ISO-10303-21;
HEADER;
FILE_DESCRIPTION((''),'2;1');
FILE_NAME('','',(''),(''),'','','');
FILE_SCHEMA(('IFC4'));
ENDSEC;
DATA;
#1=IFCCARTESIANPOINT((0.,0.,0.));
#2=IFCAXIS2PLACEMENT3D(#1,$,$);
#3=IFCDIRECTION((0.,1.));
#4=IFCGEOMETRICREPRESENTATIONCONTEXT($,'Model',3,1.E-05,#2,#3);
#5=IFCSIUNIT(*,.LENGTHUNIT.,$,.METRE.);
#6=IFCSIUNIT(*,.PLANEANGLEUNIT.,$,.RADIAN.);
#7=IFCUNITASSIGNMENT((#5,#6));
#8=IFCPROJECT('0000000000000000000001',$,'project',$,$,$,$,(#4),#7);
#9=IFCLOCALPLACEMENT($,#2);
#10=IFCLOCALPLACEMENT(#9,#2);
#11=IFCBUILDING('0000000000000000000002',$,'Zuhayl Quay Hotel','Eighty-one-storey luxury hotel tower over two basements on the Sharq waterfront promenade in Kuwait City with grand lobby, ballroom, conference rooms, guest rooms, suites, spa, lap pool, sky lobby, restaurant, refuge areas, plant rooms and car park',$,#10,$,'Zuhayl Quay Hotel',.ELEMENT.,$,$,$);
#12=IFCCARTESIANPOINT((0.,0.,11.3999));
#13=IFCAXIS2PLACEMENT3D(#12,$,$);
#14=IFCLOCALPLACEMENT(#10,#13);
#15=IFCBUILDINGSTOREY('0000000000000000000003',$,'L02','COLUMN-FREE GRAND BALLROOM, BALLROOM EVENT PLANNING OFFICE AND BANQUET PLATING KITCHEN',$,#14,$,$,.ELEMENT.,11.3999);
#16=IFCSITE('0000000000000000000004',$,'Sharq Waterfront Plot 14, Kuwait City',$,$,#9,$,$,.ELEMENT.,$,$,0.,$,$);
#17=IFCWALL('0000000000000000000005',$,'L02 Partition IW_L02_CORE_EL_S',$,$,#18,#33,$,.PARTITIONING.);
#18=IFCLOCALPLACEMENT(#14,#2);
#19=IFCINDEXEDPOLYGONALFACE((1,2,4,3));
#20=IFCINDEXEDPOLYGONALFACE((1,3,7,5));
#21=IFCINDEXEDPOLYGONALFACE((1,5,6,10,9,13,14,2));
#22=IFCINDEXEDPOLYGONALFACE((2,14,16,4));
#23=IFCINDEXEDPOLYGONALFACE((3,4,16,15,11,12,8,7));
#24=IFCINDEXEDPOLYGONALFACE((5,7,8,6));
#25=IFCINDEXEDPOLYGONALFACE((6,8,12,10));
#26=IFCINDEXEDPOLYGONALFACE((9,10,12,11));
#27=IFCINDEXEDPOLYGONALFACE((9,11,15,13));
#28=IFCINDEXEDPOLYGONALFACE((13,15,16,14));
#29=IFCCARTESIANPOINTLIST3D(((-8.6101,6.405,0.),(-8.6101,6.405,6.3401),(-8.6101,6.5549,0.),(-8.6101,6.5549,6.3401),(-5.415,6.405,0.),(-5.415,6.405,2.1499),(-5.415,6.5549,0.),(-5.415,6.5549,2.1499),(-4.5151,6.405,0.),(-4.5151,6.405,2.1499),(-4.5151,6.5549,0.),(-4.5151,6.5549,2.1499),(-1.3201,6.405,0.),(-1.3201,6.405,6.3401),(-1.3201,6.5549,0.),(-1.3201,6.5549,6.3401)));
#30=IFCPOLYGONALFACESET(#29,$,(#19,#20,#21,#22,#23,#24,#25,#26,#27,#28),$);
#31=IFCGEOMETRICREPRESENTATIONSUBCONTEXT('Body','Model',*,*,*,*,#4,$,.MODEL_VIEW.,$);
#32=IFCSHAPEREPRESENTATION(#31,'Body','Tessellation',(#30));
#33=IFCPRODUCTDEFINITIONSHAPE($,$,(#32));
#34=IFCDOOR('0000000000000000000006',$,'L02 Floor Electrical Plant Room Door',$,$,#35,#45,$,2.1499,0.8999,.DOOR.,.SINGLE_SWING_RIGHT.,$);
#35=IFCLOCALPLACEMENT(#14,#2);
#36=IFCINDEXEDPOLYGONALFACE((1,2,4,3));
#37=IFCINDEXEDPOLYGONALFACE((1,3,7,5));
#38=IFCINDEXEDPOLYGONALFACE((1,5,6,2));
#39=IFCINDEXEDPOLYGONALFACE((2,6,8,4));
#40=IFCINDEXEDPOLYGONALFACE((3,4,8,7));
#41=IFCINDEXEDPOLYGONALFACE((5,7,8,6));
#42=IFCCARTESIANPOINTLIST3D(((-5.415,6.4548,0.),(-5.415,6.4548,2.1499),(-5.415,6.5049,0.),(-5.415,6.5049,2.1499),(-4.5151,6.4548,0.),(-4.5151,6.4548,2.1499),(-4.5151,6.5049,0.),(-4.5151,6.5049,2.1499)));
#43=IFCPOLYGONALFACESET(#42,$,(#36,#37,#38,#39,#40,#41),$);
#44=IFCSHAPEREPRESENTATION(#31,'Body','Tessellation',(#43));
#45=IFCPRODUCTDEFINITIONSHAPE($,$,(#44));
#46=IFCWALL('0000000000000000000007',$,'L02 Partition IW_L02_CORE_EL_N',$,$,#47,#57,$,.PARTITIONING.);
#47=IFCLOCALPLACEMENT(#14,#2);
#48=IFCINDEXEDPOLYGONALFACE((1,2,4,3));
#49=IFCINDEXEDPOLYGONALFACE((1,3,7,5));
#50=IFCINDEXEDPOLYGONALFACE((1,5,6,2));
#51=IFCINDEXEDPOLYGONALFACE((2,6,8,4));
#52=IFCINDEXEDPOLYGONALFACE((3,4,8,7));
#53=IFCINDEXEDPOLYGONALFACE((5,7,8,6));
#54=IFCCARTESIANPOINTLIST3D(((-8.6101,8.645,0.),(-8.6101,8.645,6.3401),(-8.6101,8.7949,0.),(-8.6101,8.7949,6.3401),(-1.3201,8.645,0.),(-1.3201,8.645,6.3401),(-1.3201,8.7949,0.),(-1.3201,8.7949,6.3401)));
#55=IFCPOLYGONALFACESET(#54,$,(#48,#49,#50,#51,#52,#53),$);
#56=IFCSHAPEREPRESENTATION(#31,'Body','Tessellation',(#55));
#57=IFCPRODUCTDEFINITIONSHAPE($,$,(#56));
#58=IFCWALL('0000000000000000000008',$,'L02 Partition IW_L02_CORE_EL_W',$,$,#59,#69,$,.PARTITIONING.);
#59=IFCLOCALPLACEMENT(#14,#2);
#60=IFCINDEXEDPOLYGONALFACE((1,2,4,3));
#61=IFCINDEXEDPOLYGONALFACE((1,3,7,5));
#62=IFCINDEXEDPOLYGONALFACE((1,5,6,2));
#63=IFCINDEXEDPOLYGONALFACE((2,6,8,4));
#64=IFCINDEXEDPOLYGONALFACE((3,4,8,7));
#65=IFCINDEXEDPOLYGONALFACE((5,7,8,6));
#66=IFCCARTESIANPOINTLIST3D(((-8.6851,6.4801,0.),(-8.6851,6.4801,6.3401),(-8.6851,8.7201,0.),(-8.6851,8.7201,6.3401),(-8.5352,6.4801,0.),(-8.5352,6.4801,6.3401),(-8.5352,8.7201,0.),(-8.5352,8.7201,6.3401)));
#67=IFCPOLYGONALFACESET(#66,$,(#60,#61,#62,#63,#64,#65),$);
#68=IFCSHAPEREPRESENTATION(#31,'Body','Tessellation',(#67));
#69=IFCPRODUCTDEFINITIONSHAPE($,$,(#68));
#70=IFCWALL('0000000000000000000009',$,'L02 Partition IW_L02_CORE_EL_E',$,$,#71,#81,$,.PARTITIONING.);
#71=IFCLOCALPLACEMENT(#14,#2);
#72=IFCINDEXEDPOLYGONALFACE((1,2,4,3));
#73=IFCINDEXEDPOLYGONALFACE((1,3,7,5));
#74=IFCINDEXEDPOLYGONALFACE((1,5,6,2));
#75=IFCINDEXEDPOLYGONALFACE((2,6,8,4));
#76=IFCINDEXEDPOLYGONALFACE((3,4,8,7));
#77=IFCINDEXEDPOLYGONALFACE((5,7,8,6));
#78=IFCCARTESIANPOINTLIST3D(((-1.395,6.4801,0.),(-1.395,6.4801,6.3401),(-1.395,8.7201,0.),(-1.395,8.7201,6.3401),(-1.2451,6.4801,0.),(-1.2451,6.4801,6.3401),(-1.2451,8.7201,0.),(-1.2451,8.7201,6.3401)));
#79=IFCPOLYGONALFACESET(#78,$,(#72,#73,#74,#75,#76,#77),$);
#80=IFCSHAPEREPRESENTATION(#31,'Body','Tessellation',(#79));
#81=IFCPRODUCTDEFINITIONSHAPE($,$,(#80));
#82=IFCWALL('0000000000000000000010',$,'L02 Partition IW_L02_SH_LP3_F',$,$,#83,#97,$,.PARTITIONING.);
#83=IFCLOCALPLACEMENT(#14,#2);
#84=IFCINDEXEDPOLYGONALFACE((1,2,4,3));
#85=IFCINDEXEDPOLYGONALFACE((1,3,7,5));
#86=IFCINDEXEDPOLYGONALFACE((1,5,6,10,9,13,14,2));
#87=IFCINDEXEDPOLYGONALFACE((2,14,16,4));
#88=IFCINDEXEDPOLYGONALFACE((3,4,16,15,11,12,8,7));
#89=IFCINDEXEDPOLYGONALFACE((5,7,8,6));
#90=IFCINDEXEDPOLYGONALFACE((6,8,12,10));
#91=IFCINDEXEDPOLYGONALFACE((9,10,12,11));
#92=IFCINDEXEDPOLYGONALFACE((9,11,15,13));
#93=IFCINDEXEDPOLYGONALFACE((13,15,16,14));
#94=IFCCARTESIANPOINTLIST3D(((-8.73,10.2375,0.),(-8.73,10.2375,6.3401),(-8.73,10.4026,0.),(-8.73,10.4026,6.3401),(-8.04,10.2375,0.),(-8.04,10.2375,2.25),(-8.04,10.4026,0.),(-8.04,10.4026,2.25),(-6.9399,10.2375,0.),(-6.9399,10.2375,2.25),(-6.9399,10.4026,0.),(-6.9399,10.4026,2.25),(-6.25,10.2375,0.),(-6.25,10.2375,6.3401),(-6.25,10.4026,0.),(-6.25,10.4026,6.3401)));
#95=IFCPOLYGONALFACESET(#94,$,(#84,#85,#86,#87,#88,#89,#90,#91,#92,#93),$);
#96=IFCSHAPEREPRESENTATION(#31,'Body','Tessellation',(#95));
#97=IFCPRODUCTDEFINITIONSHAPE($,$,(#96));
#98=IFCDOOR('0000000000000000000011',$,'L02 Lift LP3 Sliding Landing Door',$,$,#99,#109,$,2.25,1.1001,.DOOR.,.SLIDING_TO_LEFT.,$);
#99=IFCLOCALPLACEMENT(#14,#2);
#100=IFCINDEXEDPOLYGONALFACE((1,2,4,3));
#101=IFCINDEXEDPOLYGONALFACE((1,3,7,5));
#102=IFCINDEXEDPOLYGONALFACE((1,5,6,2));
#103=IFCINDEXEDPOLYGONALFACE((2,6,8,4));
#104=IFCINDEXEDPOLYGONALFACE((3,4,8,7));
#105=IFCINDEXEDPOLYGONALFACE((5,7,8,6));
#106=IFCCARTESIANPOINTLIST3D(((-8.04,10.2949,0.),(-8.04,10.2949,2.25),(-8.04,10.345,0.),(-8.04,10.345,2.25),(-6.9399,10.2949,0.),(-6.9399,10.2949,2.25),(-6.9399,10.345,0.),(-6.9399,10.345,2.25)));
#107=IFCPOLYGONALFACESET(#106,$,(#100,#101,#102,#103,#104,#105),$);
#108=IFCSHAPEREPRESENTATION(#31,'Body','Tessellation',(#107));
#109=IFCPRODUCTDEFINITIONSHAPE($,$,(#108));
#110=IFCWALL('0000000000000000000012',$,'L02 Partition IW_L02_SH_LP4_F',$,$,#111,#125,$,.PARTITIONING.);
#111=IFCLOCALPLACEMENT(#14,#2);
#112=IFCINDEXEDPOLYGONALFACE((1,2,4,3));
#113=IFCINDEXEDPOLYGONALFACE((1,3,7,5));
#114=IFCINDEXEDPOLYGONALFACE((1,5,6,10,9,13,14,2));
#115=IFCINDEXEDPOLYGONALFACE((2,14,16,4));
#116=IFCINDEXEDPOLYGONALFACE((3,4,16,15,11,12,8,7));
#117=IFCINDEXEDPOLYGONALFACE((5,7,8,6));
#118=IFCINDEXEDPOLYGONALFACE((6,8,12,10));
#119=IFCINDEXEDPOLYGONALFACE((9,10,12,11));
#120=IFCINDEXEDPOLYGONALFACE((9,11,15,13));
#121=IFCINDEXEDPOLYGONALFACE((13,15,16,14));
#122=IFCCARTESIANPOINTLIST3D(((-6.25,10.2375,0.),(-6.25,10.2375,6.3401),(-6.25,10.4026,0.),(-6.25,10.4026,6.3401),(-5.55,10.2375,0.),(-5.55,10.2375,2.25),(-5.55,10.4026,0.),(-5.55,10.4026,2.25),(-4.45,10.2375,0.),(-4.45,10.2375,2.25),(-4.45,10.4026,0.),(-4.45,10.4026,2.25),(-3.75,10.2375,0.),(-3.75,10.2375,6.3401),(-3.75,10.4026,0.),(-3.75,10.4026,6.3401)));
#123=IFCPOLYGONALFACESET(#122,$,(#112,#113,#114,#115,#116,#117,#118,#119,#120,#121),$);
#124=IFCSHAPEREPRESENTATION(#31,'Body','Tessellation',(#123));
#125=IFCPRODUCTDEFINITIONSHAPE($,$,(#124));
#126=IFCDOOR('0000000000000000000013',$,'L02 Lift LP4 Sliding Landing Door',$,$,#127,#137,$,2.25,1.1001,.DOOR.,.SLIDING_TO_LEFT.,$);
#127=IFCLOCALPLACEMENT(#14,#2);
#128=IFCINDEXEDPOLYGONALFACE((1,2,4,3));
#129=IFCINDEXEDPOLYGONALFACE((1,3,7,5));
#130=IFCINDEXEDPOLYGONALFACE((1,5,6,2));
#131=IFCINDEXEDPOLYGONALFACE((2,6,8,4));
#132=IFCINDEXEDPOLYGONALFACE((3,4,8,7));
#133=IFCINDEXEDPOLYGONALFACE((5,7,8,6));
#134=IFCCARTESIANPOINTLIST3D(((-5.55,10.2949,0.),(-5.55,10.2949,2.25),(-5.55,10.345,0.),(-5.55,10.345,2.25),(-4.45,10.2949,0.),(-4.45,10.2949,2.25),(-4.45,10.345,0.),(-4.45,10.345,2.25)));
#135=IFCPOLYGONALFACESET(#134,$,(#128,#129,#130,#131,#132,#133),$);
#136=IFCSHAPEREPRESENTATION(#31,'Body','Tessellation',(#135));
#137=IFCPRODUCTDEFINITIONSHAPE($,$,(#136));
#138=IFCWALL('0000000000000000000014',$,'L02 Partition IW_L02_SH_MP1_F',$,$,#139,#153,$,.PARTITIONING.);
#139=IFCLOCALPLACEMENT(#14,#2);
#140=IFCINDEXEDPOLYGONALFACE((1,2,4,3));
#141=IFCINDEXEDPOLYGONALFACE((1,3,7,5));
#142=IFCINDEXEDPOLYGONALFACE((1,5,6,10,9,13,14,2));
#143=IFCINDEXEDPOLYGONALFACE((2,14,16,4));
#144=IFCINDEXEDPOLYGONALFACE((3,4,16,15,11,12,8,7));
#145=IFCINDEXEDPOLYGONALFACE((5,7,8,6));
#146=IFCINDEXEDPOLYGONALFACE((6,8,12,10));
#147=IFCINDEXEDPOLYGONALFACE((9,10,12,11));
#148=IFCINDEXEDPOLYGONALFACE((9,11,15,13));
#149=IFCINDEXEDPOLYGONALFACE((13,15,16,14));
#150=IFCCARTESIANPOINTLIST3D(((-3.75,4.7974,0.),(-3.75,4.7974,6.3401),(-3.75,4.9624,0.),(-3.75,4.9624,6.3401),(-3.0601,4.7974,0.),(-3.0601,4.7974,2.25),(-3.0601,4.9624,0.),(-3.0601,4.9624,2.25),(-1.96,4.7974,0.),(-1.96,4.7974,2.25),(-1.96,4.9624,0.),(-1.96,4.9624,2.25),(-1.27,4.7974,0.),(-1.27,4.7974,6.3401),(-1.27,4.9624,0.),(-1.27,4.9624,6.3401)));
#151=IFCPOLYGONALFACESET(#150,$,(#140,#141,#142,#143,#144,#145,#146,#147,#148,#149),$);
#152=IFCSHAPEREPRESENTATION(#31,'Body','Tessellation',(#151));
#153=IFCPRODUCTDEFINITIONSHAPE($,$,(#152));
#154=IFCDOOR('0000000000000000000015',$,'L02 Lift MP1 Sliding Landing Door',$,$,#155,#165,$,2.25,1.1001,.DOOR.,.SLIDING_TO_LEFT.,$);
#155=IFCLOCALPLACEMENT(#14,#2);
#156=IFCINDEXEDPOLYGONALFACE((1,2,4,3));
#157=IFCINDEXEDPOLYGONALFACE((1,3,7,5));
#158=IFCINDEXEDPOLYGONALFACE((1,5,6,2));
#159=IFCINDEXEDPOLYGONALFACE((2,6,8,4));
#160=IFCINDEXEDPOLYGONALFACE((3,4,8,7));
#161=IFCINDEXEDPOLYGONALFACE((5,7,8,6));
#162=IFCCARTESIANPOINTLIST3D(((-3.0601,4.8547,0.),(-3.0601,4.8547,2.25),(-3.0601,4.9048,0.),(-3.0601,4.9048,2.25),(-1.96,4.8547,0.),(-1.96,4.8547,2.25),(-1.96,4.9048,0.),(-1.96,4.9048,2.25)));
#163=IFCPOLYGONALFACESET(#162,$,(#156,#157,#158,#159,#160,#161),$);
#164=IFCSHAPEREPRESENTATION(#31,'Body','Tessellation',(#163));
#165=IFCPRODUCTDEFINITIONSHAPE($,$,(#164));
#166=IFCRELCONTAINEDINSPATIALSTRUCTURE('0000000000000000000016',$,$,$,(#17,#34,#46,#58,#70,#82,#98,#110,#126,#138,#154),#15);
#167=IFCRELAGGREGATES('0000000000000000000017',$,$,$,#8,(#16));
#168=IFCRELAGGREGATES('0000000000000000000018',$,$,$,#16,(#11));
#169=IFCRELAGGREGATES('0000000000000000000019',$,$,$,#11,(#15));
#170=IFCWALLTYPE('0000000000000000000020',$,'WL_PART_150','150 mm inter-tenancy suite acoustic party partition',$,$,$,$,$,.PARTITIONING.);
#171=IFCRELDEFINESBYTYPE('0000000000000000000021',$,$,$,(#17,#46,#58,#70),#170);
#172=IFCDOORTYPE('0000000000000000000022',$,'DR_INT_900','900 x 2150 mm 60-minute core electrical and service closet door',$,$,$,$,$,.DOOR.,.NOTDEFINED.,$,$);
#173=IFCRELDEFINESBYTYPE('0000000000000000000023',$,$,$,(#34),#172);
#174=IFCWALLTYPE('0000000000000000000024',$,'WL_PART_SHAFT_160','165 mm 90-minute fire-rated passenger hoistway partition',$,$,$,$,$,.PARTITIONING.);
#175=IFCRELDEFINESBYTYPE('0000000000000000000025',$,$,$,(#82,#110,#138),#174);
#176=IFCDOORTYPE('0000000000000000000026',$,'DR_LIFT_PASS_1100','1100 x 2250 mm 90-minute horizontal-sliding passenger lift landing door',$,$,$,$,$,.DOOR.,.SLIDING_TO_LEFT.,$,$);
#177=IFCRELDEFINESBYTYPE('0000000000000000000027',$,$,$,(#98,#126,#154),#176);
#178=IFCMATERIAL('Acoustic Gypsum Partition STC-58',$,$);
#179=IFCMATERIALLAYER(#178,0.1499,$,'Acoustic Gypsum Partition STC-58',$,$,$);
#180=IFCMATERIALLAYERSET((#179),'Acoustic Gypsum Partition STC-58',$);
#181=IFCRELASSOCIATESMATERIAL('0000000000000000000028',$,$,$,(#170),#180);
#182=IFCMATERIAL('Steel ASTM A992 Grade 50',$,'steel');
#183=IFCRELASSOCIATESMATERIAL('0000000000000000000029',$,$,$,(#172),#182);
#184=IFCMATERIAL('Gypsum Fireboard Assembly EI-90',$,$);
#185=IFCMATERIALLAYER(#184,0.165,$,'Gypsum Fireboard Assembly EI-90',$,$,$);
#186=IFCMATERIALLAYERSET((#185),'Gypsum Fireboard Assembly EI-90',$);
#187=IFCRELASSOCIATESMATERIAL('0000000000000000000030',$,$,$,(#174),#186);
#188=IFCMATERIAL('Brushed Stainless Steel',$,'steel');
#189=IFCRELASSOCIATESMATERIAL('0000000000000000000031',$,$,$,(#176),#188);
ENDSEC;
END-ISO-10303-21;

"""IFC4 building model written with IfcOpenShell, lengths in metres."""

from ifc_helpers import new_model, si_unit, direction, frame, frame_2d, origin, place, context, subcontext, project, spatial, rectangle, extrude, material, layer, layer_set, type_object, element, fill, save


model = new_model("IFC4")

# Units and contexts
model_context = context("Model", 3, precision=1e-05, world=origin(), true_north=direction((0.0, 1.0)))
body_context = subcontext(model_context, "Body", "Model", "MODEL_VIEW")
ifc_project = project(units=[si_unit("LENGTHUNIT", "METRE"), si_unit("PLANEANGLEUNIT", "RADIAN")], contexts=[model_context])

# Site, building, storey
site_placement = place(None, origin())
site = spatial("IfcSite", under=ifc_project, at=site_placement, Name="Sharq Waterfront Plot 14, Kuwait City", CompositionType="ELEMENT", RefElevation=0.0)
building_placement = place(site_placement, origin())
building = spatial("IfcBuilding", under=site, at=building_placement, Name="Zuhayl Quay Hotel", Description="Eighty-one-storey luxury hotel tower over two basements on the Sharq waterfront promenade in Kuwait City with grand lobby, ballroom, conference rooms, guest rooms, suites, spa, lap pool, sky lobby, restaurant, refuge areas, plant rooms and car park", LongName="Zuhayl Quay Hotel", CompositionType="ELEMENT")
storey_placement = place(building_placement, frame((0.0, 0.0, 11.3999)))
storey = spatial("IfcBuildingStorey", under=building, at=storey_placement, Name="L02", Description="COLUMN-FREE GRAND BALLROOM, BALLROOM EVENT PLANNING OFFICE AND BANQUET PLATING KITCHEN", CompositionType="ELEMENT", Elevation=11.3999)

# Wall, opening, door
ifc_material_1 = material(Name="Acoustic Gypsum Partition STC-58")
ifc_layer_1 = layer(ifc_material_1, 0.1499, Name="Acoustic Gypsum Partition STC-58")
ifc_layer_set_1 = layer_set([ifc_layer_1], Name="Acoustic Gypsum Partition STC-58")
wall_type_1 = type_object("IfcWallType", Name="WL_PART_150", Description="150 mm inter-tenancy suite acoustic party partition", PredefinedType="PARTITIONING", material=ifc_layer_set_1)
wall_1_placement = place(storey_placement, frame((-8.6101, 6.48, 0.0), z_axis=(0.0, 0.0, 1.0), x_axis=(1.0, 0.0, 0.0)))
wall_1 = element("IfcWall", 1, at=wall_1_placement, inside=storey, type_object=wall_type_1, Name="L02 Partition IW_L02_CORE_EL_S", PredefinedType="PARTITIONING", context=body_context, shape_type="SweptSolid", body=[
    extrude(rectangle(XDim=7.29, YDim=0.1499, at=frame_2d((3.645, 0.0))), origin(), (0.0, 0.0, 1.0), 6.3401),
])
opening_1_placement = place(wall_1_placement, frame((3.1951, 0.0, 0.0)))
opening_1 = element("IfcOpeningElement", 2, at=opening_1_placement, cuts=wall_1, PredefinedType="OPENING", context=body_context, shape_type="SweptSolid", body=[
    extrude(rectangle(XDim=0.8999, YDim=2.1499, at=frame_2d((0.45, 1.075))), frame((0.0, 0.085, 0.0), z_axis=(0.0, -1.0, 0.0), x_axis=(1.0, 0.0, 0.0)), (0.0, 0.0, 1.0), 0.1699),
])
ifc_material_2 = material(Name="Steel ASTM A992 Grade 50", Category="steel")
door_type_1 = type_object("IfcDoorType", Name="DR_INT_900", Description="900 x 2150 mm 60-minute core electrical and service closet door", OperationType="NOTDEFINED", PredefinedType="DOOR", material=ifc_material_2)
door_1_placement = place(opening_1_placement, origin())
door_1 = element("IfcDoor", 3, at=door_1_placement, inside=storey, type_object=door_type_1, Name="L02 Floor Electrical Plant Room Door", OperationType="SINGLE_SWING_RIGHT", OverallHeight=2.1499, OverallWidth=0.8999, PredefinedType="DOOR", context=body_context, shape_type="SweptSolid", body=[
    extrude(rectangle(XDim=0.8999, YDim=2.1499, at=frame_2d((0.45, 1.075))), frame((0.0, 0.0249, 0.0), z_axis=(0.0, -1.0, 0.0), x_axis=(1.0, 0.0, 0.0)), (0.0, 0.0, 1.0), 0.05),
])
fill(opening_1, door_1)

# Walls
wall_2_placement = place(storey_placement, frame((-8.6101, 8.72, 0.0), z_axis=(0.0, 0.0, 1.0), x_axis=(1.0, 0.0, 0.0)))
element("IfcWall", 4, at=wall_2_placement, inside=storey, type_object=wall_type_1, Name="L02 Partition IW_L02_CORE_EL_N", PredefinedType="PARTITIONING", context=body_context, shape_type="SweptSolid", body=[
    extrude(rectangle(XDim=7.29, YDim=0.1499, at=frame_2d((3.645, 0.0))), origin(), (0.0, 0.0, 1.0), 6.3401),
])
for number, where, z_axis, x_axis, name in (
    (5, (-8.6101, 6.48, 0.0), (0.0, 0.0, 1.0), (0.0, 1.0, 0.0), "L02 Partition IW_L02_CORE_EL_W"),
    (6, (-1.3201, 6.48, 0.0), (0.0, 0.0, 1.0), (0.0, 1.0, 0.0), "L02 Partition IW_L02_CORE_EL_E"),
):
    element("IfcWall", number, at=place(storey_placement, frame(where, z_axis=z_axis, x_axis=x_axis)), inside=storey, type_object=wall_type_1, Name=name, PredefinedType="PARTITIONING", context=body_context, shape_type="SweptSolid", body=[
        extrude(rectangle(XDim=2.24, YDim=0.1499, at=frame_2d((1.1201, 0.0))), origin(), (0.0, 0.0, 1.0), 6.3401),
    ])

# Walls, openings, doors
ifc_material_3 = material(Name="Gypsum Fireboard Assembly EI-90")
ifc_layer_2 = layer(ifc_material_3, 0.165, Name="Gypsum Fireboard Assembly EI-90")
ifc_layer_set_2 = layer_set([ifc_layer_2], Name="Gypsum Fireboard Assembly EI-90")
wall_type_2 = type_object("IfcWallType", Name="WL_PART_SHAFT_160", Description="165 mm 90-minute fire-rated passenger hoistway partition", PredefinedType="PARTITIONING", material=ifc_layer_set_2)
wall_3_placement = place(storey_placement, frame((-8.73, 10.3201, 0.0), z_axis=(0.0, 0.0, 1.0), x_axis=(1.0, 0.0, 0.0)))
wall_3 = element("IfcWall", 7, at=wall_3_placement, inside=storey, type_object=wall_type_2, Name="L02 Partition IW_L02_SH_LP3_F", PredefinedType="PARTITIONING", context=body_context, shape_type="SweptSolid", body=[
    extrude(rectangle(XDim=2.48, YDim=0.165, at=frame_2d((1.24, 0.0))), origin(), (0.0, 0.0, 1.0), 6.3401),
])
opening_2_placement = place(wall_3_placement, frame((0.6899, 0.0, 0.0)))
opening_2 = element("IfcOpeningElement", 8, at=opening_2_placement, cuts=wall_3, PredefinedType="OPENING", context=body_context, shape_type="SweptSolid", body=[
    extrude(rectangle(XDim=1.1001, YDim=2.25, at=frame_2d((0.55, 1.125))), frame((0.0, 0.0925, 0.0), z_axis=(0.0, -1.0, 0.0), x_axis=(1.0, 0.0, 0.0)), (0.0, 0.0, 1.0), 0.1851),
])
ifc_material_4 = material(Name="Brushed Stainless Steel", Category="steel")
door_type_2 = type_object("IfcDoorType", Name="DR_LIFT_PASS_1100", Description="1100 x 2250 mm 90-minute horizontal-sliding passenger lift landing door", OperationType="SLIDING_TO_LEFT", PredefinedType="DOOR", material=ifc_material_4)
door_2_placement = place(opening_2_placement, origin())
door_2 = element("IfcDoor", 9, at=door_2_placement, inside=storey, type_object=door_type_2, Name="L02 Lift LP3 Sliding Landing Door", OperationType="SLIDING_TO_LEFT", OverallHeight=2.25, OverallWidth=1.1001, PredefinedType="DOOR", context=body_context, shape_type="SweptSolid", body=[
    extrude(rectangle(XDim=1.1001, YDim=2.25, at=frame_2d((0.55, 1.125))), frame((0.0, 0.0249, 0.0), z_axis=(0.0, -1.0, 0.0), x_axis=(1.0, 0.0, 0.0)), (0.0, 0.0, 1.0), 0.05),
])
fill(opening_2, door_2)
wall_4_placement = place(storey_placement, frame((-6.25, 10.3201, 0.0), z_axis=(0.0, 0.0, 1.0), x_axis=(1.0, 0.0, 0.0)))
wall_4 = element("IfcWall", 10, at=wall_4_placement, inside=storey, type_object=wall_type_2, Name="L02 Partition IW_L02_SH_LP4_F", PredefinedType="PARTITIONING", context=body_context, shape_type="SweptSolid", body=[
    extrude(rectangle(XDim=2.5, YDim=0.165, at=frame_2d((1.25, 0.0))), origin(), (0.0, 0.0, 1.0), 6.3401),
])
opening_3_placement = place(wall_4_placement, frame((0.7, 0.0, 0.0)))
opening_3 = element("IfcOpeningElement", 11, at=opening_3_placement, cuts=wall_4, PredefinedType="OPENING", context=body_context, shape_type="SweptSolid", body=[
    extrude(rectangle(XDim=1.1001, YDim=2.25, at=frame_2d((0.55, 1.125))), frame((0.0, 0.0925, 0.0), z_axis=(0.0, -1.0, 0.0), x_axis=(1.0, 0.0, 0.0)), (0.0, 0.0, 1.0), 0.1851),
])
door_3_placement = place(opening_3_placement, origin())
door_3 = element("IfcDoor", 12, at=door_3_placement, inside=storey, type_object=door_type_2, Name="L02 Lift LP4 Sliding Landing Door", OperationType="SLIDING_TO_LEFT", OverallHeight=2.25, OverallWidth=1.1001, PredefinedType="DOOR", context=body_context, shape_type="SweptSolid", body=[
    extrude(rectangle(XDim=1.1001, YDim=2.25, at=frame_2d((0.55, 1.125))), frame((0.0, 0.0249, 0.0), z_axis=(0.0, -1.0, 0.0), x_axis=(1.0, 0.0, 0.0)), (0.0, 0.0, 1.0), 0.05),
])
fill(opening_3, door_3)
wall_5_placement = place(storey_placement, frame((-3.75, 4.8799, 0.0), z_axis=(0.0, 0.0, 1.0), x_axis=(1.0, 0.0, 0.0)))
wall_5 = element("IfcWall", 13, at=wall_5_placement, inside=storey, type_object=wall_type_2, Name="L02 Partition IW_L02_SH_MP1_F", PredefinedType="PARTITIONING", context=body_context, shape_type="SweptSolid", body=[
    extrude(rectangle(XDim=2.48, YDim=0.165, at=frame_2d((1.24, 0.0))), origin(), (0.0, 0.0, 1.0), 6.3401),
])
opening_4_placement = place(wall_5_placement, frame((0.6899, 0.0, 0.0)))
opening_4 = element("IfcOpeningElement", 14, at=opening_4_placement, cuts=wall_5, PredefinedType="OPENING", context=body_context, shape_type="SweptSolid", body=[
    extrude(rectangle(XDim=1.1001, YDim=2.25, at=frame_2d((0.55, 1.125))), frame((0.0, 0.0925, 0.0), z_axis=(0.0, -1.0, 0.0), x_axis=(1.0, 0.0, 0.0)), (0.0, 0.0, 1.0), 0.1851),
])
door_4_placement = place(opening_4_placement, origin())
door_4 = element("IfcDoor", 15, at=door_4_placement, inside=storey, type_object=door_type_2, Name="L02 Lift MP1 Sliding Landing Door", OperationType="SLIDING_TO_LEFT", OverallHeight=2.25, OverallWidth=1.1001, PredefinedType="DOOR", context=body_context, shape_type="SweptSolid", body=[
    extrude(rectangle(XDim=1.1001, YDim=2.25, at=frame_2d((0.55, 1.125))), frame((0.0, 0.0249, 0.0), z_axis=(0.0, -1.0, 0.0), x_axis=(1.0, 0.0, 0.0)), (0.0, 0.0, 1.0), 0.05),
])
fill(opening_4, door_4)

save(model, "model.ifc")
